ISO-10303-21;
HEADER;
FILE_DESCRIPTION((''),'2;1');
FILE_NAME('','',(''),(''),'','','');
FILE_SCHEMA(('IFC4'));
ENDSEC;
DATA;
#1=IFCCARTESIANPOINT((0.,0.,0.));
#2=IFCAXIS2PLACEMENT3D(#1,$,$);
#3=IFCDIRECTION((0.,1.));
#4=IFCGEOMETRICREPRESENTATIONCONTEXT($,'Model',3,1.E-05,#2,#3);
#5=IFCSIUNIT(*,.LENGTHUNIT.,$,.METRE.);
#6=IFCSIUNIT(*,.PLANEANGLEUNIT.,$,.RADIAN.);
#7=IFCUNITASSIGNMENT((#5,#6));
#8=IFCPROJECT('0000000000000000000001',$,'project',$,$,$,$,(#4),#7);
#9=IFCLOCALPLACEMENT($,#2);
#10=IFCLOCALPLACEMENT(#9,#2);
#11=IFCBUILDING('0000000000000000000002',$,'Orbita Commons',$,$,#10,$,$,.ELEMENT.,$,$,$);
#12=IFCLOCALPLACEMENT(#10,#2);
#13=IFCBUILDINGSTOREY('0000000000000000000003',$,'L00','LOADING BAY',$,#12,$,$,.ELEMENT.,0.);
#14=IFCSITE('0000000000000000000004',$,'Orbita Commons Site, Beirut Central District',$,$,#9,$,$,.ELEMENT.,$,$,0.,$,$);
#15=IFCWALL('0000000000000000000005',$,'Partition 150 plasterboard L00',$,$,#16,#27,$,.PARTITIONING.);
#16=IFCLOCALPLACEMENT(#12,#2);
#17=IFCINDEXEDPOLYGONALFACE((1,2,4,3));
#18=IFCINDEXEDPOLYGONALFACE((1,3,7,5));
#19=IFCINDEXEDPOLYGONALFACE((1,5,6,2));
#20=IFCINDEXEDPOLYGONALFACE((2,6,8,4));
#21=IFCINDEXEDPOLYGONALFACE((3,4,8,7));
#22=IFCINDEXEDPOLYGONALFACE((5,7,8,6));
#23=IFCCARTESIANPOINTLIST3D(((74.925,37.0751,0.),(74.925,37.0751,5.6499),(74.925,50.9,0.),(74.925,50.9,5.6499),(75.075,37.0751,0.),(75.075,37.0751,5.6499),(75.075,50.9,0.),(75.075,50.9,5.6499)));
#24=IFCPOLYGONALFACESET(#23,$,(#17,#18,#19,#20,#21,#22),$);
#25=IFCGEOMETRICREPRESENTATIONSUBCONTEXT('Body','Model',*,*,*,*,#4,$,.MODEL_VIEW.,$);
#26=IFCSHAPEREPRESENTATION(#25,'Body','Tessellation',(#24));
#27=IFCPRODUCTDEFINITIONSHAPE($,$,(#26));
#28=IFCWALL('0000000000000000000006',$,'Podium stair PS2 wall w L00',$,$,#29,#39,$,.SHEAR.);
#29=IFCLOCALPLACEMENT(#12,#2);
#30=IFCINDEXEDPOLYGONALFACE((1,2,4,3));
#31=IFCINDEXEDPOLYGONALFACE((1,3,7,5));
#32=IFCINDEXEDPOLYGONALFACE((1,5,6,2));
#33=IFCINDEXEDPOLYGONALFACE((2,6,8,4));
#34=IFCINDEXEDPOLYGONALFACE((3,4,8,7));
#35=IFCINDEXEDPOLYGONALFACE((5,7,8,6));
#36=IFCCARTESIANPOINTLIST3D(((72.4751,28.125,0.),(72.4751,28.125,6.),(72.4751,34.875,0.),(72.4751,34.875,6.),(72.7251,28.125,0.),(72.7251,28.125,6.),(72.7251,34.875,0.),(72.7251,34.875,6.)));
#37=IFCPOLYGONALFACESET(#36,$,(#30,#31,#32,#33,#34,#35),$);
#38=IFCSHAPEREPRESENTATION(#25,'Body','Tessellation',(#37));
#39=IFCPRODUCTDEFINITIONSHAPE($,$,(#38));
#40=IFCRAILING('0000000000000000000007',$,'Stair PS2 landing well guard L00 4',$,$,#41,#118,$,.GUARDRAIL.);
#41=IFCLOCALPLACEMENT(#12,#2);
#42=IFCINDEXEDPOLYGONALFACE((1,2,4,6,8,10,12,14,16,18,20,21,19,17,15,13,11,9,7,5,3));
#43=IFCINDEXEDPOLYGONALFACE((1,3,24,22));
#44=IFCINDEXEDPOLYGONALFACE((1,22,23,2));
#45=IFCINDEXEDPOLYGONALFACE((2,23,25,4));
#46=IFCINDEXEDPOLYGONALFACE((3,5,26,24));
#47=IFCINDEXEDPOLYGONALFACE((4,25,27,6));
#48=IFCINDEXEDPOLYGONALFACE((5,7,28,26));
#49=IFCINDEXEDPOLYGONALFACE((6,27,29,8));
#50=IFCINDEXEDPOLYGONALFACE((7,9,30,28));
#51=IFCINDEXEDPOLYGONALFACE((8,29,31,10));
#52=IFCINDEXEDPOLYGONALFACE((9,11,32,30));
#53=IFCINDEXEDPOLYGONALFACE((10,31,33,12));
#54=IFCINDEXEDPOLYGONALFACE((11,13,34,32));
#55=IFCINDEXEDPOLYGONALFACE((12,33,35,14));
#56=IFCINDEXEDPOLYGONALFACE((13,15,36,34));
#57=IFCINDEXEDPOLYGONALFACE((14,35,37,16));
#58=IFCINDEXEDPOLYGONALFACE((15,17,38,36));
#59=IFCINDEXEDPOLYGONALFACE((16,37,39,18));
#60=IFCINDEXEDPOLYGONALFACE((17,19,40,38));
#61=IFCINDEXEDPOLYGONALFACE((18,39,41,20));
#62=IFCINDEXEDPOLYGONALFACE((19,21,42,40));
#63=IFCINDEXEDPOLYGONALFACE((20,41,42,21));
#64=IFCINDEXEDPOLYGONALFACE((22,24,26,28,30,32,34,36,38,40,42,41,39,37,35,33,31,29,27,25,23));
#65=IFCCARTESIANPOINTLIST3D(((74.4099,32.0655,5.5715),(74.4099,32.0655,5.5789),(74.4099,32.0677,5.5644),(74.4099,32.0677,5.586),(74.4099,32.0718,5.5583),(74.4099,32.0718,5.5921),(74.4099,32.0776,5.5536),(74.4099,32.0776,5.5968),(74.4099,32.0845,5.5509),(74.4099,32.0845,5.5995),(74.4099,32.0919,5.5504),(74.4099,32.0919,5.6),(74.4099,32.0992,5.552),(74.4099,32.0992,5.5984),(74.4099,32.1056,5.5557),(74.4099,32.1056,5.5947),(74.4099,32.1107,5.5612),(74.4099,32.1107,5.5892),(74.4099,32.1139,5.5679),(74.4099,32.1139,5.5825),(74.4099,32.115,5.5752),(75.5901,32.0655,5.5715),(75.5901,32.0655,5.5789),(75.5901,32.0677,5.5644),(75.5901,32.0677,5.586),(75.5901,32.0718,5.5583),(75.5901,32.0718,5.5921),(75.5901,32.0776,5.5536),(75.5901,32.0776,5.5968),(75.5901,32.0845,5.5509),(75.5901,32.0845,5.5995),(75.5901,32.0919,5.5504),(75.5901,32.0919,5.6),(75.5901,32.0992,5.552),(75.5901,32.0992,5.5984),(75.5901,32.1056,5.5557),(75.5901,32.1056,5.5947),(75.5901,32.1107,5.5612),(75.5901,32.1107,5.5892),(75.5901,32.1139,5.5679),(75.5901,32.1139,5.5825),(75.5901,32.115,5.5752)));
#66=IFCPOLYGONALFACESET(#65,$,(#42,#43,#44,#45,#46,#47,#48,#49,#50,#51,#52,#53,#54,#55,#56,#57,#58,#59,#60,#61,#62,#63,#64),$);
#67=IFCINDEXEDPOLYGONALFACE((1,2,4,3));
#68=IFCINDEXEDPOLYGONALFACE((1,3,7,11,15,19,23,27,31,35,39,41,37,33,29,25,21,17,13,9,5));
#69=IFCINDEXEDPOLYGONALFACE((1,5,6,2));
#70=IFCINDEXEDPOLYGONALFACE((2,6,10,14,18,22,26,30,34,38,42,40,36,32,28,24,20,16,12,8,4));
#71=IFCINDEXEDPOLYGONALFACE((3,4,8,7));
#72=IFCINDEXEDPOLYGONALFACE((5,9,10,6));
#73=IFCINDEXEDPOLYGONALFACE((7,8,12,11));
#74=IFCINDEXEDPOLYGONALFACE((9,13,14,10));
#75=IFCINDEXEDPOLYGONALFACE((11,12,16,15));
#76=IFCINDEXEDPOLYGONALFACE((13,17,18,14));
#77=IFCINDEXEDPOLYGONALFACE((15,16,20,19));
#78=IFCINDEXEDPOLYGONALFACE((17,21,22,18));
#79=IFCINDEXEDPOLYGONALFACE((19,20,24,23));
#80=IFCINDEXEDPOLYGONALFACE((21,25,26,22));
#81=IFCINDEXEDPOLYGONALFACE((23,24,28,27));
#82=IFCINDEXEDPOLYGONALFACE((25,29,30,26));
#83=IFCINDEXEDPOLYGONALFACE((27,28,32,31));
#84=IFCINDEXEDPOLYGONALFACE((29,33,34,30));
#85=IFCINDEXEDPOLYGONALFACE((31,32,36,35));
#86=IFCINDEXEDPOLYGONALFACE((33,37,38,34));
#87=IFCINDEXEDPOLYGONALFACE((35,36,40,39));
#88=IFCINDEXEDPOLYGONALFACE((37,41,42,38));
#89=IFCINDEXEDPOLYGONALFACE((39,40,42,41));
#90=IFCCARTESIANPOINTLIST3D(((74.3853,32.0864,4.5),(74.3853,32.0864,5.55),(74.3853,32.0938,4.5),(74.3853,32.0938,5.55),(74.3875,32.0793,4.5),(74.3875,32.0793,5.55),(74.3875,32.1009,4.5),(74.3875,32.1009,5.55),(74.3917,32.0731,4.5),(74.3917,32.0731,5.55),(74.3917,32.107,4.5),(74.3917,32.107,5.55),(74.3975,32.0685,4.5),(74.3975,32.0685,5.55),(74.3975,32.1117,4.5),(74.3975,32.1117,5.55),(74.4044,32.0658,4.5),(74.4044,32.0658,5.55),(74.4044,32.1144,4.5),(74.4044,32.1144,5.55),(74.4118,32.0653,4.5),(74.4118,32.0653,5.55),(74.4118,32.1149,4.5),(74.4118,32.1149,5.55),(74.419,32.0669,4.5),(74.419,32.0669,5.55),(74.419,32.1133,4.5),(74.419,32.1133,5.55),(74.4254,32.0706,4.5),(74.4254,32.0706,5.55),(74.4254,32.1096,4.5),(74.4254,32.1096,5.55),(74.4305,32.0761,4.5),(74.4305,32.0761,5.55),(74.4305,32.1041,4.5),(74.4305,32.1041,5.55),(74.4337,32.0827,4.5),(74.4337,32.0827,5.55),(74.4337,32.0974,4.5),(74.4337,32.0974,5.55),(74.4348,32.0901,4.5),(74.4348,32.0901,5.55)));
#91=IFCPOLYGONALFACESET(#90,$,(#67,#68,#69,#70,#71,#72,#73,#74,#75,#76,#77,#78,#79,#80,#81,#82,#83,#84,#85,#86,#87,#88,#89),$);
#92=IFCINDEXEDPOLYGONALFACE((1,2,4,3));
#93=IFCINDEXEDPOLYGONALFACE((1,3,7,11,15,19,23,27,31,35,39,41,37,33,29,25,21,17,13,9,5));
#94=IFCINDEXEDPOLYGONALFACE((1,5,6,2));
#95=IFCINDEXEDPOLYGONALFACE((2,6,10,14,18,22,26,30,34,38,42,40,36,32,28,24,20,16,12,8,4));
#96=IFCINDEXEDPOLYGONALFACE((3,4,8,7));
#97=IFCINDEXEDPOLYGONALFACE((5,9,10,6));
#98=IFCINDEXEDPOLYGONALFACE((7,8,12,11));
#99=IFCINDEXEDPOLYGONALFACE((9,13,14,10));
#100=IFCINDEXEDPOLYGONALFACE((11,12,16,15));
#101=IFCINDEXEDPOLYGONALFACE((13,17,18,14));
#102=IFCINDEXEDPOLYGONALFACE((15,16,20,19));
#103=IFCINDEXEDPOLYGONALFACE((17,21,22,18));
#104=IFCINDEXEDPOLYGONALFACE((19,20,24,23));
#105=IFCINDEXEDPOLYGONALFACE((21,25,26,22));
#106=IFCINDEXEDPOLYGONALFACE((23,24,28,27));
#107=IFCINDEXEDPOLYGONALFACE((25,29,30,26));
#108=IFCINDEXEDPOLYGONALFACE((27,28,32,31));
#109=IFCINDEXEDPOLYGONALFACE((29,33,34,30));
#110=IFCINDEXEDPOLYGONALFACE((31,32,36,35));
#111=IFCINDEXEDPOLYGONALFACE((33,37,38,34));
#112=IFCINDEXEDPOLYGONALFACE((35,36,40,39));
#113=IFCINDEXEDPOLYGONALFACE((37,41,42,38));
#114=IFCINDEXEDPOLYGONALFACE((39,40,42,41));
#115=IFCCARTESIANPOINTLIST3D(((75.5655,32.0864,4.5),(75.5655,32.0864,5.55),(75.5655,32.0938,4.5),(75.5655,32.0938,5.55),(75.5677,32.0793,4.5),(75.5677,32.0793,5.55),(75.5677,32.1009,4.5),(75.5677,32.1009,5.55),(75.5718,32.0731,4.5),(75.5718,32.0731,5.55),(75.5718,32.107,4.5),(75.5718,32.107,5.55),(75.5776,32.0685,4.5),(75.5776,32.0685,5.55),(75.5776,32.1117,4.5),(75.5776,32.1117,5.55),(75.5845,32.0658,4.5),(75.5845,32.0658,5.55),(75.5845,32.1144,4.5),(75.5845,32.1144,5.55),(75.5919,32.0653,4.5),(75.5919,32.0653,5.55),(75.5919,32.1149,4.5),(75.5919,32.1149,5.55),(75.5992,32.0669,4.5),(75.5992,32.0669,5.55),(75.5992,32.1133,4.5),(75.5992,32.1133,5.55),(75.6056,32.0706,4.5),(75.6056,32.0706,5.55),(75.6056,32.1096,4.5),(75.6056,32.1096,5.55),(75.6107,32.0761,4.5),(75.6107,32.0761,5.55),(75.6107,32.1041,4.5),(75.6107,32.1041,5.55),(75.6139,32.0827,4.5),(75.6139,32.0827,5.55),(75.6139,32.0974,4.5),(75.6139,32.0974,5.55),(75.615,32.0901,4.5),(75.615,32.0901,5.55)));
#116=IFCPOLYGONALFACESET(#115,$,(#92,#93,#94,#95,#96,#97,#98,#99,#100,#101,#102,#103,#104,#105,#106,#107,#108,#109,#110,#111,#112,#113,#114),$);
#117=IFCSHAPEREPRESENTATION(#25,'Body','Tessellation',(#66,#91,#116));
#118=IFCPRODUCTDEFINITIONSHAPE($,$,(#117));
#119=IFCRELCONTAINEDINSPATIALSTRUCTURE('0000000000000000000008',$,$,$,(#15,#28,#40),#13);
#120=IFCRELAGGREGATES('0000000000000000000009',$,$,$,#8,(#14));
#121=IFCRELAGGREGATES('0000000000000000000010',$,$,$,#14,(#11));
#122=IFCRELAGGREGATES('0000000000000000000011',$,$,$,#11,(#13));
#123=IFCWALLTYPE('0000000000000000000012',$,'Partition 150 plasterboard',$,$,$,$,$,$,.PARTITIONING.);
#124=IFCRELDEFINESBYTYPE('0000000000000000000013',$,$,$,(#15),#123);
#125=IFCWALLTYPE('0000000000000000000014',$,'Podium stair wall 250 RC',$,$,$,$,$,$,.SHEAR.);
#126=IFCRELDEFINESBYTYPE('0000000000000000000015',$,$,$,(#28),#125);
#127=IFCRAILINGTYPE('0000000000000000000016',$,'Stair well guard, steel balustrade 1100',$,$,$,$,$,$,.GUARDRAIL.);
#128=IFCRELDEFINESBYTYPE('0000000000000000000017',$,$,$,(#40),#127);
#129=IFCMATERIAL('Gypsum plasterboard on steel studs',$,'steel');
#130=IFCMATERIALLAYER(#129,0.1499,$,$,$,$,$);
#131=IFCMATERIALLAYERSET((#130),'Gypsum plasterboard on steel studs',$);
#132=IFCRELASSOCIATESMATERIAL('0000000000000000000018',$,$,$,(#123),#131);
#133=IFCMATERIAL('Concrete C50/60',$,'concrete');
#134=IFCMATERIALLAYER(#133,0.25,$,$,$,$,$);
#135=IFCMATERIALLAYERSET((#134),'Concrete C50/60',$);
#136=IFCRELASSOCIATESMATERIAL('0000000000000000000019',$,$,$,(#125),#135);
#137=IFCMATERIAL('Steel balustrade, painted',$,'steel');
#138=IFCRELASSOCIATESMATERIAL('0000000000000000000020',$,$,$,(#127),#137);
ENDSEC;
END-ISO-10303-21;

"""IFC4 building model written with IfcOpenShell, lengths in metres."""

from ifc_helpers import new_model, si_unit, direction, frame, frame_2d, origin, origin_2d, place, context, subcontext, project, spatial, rectangle, circle, extrude, material, layer, layer_set, type_object, element, save


model = new_model("IFC4")

# Units and contexts
model_context = context("Model", 3, precision=1e-05, world=origin(), true_north=direction((0.0, 1.0)))
body_context = subcontext(model_context, "Body", "Model", "MODEL_VIEW")
ifc_project = project(units=[si_unit("LENGTHUNIT", "METRE"), si_unit("PLANEANGLEUNIT", "RADIAN")], contexts=[model_context])

# Site, building, storey
site_placement = place(None, origin())
site = spatial("IfcSite", under=ifc_project, at=site_placement, Name="Orbita Commons Site, Beirut Central District", CompositionType="ELEMENT", RefElevation=0.0)
building_placement = place(site_placement, origin())
building = spatial("IfcBuilding", under=site, at=building_placement, Name="Orbita Commons", CompositionType="ELEMENT")
storey_placement = place(building_placement, origin())
storey = spatial("IfcBuildingStorey", under=building, at=storey_placement, Name="L00", Description="LOADING BAY", CompositionType="ELEMENT", Elevation=0.0)

# Shared definitions
ifc_material_1 = material(Name="Gypsum plasterboard on steel studs", Category="steel")
ifc_layer_1 = layer(ifc_material_1, 0.1499)
ifc_layer_set_1 = layer_set([ifc_layer_1], Name="Gypsum plasterboard on steel studs")
wall_type_1 = type_object("IfcWallType", Name="Partition 150 plasterboard", PredefinedType="PARTITIONING", material=ifc_layer_set_1)

# Walls
wall_1_placement = place(storey_placement, frame((75.0, 37.075, 0.0), z_axis=(0.0, 0.0, 1.0), x_axis=(0.0, 1.0, 0.0)))
element("IfcWall", 1, at=wall_1_placement, inside=storey, type_object=wall_type_1, Name="Partition 150 plasterboard L00", PredefinedType="PARTITIONING", context=body_context, shape_type="SweptSolid", body=[
    extrude(rectangle(XDim=13.825, YDim=0.1499, at=frame_2d((6.9126, 0.0))), origin(), (0.0, 0.0, 1.0), 5.6499),
])
ifc_material_2 = material(Name="Concrete C50/60", Category="concrete")
ifc_layer_2 = layer(ifc_material_2, 0.25)
ifc_layer_set_2 = layer_set([ifc_layer_2], Name="Concrete C50/60")
wall_type_2 = type_object("IfcWallType", Name="Podium stair wall 250 RC", PredefinedType="SHEAR", material=ifc_layer_set_2)
wall_2_placement = place(storey_placement, frame((72.6001, 34.875, 0.0), z_axis=(0.0, 0.0, 1.0), x_axis=(0.0, -1.0, 0.0)))
element("IfcWall", 2, at=wall_2_placement, inside=storey, type_object=wall_type_2, Name="Podium stair PS2 wall w L00", PredefinedType="SHEAR", context=body_context, shape_type="SweptSolid", body=[
    extrude(rectangle(XDim=6.75, YDim=0.25, at=frame_2d((3.375, 0.0))), origin(), (0.0, 0.0, 1.0), 6.0),
])

# Railing
ifc_material_3 = material(Name="Steel balustrade, painted", Category="steel")
railing_type = type_object("IfcRailingType", Name="Stair well guard, steel balustrade 1100", PredefinedType="GUARDRAIL", material=ifc_material_3)
railing_placement = place(storey_placement, frame((74.4099, 32.0901, 4.5)))
element("IfcRailing", 3, at=railing_placement, inside=storey, type_object=railing_type, Name="Stair PS2 landing well guard L00 4", PredefinedType="GUARDRAIL", context=body_context, shape_type="SweptSolid", body=[
    extrude(circle(Radius=0.0249, at=origin_2d()), frame((0.0, 0.0, 1.0752), z_axis=(1.0, 0.0, 0.0), x_axis=(0.0, 1.0, 0.0)), (0.0, 0.0, 1.0), 1.1802),
    extrude(circle(Radius=0.0249, at=origin_2d()), origin(), (0.0, 0.0, 1.0), 1.05),
    extrude(circle(Radius=0.0249, at=origin_2d()), frame((1.1802, 0.0, 0.0)), (0.0, 0.0, 1.0), 1.05),
])

save(model, "model.ifc")
